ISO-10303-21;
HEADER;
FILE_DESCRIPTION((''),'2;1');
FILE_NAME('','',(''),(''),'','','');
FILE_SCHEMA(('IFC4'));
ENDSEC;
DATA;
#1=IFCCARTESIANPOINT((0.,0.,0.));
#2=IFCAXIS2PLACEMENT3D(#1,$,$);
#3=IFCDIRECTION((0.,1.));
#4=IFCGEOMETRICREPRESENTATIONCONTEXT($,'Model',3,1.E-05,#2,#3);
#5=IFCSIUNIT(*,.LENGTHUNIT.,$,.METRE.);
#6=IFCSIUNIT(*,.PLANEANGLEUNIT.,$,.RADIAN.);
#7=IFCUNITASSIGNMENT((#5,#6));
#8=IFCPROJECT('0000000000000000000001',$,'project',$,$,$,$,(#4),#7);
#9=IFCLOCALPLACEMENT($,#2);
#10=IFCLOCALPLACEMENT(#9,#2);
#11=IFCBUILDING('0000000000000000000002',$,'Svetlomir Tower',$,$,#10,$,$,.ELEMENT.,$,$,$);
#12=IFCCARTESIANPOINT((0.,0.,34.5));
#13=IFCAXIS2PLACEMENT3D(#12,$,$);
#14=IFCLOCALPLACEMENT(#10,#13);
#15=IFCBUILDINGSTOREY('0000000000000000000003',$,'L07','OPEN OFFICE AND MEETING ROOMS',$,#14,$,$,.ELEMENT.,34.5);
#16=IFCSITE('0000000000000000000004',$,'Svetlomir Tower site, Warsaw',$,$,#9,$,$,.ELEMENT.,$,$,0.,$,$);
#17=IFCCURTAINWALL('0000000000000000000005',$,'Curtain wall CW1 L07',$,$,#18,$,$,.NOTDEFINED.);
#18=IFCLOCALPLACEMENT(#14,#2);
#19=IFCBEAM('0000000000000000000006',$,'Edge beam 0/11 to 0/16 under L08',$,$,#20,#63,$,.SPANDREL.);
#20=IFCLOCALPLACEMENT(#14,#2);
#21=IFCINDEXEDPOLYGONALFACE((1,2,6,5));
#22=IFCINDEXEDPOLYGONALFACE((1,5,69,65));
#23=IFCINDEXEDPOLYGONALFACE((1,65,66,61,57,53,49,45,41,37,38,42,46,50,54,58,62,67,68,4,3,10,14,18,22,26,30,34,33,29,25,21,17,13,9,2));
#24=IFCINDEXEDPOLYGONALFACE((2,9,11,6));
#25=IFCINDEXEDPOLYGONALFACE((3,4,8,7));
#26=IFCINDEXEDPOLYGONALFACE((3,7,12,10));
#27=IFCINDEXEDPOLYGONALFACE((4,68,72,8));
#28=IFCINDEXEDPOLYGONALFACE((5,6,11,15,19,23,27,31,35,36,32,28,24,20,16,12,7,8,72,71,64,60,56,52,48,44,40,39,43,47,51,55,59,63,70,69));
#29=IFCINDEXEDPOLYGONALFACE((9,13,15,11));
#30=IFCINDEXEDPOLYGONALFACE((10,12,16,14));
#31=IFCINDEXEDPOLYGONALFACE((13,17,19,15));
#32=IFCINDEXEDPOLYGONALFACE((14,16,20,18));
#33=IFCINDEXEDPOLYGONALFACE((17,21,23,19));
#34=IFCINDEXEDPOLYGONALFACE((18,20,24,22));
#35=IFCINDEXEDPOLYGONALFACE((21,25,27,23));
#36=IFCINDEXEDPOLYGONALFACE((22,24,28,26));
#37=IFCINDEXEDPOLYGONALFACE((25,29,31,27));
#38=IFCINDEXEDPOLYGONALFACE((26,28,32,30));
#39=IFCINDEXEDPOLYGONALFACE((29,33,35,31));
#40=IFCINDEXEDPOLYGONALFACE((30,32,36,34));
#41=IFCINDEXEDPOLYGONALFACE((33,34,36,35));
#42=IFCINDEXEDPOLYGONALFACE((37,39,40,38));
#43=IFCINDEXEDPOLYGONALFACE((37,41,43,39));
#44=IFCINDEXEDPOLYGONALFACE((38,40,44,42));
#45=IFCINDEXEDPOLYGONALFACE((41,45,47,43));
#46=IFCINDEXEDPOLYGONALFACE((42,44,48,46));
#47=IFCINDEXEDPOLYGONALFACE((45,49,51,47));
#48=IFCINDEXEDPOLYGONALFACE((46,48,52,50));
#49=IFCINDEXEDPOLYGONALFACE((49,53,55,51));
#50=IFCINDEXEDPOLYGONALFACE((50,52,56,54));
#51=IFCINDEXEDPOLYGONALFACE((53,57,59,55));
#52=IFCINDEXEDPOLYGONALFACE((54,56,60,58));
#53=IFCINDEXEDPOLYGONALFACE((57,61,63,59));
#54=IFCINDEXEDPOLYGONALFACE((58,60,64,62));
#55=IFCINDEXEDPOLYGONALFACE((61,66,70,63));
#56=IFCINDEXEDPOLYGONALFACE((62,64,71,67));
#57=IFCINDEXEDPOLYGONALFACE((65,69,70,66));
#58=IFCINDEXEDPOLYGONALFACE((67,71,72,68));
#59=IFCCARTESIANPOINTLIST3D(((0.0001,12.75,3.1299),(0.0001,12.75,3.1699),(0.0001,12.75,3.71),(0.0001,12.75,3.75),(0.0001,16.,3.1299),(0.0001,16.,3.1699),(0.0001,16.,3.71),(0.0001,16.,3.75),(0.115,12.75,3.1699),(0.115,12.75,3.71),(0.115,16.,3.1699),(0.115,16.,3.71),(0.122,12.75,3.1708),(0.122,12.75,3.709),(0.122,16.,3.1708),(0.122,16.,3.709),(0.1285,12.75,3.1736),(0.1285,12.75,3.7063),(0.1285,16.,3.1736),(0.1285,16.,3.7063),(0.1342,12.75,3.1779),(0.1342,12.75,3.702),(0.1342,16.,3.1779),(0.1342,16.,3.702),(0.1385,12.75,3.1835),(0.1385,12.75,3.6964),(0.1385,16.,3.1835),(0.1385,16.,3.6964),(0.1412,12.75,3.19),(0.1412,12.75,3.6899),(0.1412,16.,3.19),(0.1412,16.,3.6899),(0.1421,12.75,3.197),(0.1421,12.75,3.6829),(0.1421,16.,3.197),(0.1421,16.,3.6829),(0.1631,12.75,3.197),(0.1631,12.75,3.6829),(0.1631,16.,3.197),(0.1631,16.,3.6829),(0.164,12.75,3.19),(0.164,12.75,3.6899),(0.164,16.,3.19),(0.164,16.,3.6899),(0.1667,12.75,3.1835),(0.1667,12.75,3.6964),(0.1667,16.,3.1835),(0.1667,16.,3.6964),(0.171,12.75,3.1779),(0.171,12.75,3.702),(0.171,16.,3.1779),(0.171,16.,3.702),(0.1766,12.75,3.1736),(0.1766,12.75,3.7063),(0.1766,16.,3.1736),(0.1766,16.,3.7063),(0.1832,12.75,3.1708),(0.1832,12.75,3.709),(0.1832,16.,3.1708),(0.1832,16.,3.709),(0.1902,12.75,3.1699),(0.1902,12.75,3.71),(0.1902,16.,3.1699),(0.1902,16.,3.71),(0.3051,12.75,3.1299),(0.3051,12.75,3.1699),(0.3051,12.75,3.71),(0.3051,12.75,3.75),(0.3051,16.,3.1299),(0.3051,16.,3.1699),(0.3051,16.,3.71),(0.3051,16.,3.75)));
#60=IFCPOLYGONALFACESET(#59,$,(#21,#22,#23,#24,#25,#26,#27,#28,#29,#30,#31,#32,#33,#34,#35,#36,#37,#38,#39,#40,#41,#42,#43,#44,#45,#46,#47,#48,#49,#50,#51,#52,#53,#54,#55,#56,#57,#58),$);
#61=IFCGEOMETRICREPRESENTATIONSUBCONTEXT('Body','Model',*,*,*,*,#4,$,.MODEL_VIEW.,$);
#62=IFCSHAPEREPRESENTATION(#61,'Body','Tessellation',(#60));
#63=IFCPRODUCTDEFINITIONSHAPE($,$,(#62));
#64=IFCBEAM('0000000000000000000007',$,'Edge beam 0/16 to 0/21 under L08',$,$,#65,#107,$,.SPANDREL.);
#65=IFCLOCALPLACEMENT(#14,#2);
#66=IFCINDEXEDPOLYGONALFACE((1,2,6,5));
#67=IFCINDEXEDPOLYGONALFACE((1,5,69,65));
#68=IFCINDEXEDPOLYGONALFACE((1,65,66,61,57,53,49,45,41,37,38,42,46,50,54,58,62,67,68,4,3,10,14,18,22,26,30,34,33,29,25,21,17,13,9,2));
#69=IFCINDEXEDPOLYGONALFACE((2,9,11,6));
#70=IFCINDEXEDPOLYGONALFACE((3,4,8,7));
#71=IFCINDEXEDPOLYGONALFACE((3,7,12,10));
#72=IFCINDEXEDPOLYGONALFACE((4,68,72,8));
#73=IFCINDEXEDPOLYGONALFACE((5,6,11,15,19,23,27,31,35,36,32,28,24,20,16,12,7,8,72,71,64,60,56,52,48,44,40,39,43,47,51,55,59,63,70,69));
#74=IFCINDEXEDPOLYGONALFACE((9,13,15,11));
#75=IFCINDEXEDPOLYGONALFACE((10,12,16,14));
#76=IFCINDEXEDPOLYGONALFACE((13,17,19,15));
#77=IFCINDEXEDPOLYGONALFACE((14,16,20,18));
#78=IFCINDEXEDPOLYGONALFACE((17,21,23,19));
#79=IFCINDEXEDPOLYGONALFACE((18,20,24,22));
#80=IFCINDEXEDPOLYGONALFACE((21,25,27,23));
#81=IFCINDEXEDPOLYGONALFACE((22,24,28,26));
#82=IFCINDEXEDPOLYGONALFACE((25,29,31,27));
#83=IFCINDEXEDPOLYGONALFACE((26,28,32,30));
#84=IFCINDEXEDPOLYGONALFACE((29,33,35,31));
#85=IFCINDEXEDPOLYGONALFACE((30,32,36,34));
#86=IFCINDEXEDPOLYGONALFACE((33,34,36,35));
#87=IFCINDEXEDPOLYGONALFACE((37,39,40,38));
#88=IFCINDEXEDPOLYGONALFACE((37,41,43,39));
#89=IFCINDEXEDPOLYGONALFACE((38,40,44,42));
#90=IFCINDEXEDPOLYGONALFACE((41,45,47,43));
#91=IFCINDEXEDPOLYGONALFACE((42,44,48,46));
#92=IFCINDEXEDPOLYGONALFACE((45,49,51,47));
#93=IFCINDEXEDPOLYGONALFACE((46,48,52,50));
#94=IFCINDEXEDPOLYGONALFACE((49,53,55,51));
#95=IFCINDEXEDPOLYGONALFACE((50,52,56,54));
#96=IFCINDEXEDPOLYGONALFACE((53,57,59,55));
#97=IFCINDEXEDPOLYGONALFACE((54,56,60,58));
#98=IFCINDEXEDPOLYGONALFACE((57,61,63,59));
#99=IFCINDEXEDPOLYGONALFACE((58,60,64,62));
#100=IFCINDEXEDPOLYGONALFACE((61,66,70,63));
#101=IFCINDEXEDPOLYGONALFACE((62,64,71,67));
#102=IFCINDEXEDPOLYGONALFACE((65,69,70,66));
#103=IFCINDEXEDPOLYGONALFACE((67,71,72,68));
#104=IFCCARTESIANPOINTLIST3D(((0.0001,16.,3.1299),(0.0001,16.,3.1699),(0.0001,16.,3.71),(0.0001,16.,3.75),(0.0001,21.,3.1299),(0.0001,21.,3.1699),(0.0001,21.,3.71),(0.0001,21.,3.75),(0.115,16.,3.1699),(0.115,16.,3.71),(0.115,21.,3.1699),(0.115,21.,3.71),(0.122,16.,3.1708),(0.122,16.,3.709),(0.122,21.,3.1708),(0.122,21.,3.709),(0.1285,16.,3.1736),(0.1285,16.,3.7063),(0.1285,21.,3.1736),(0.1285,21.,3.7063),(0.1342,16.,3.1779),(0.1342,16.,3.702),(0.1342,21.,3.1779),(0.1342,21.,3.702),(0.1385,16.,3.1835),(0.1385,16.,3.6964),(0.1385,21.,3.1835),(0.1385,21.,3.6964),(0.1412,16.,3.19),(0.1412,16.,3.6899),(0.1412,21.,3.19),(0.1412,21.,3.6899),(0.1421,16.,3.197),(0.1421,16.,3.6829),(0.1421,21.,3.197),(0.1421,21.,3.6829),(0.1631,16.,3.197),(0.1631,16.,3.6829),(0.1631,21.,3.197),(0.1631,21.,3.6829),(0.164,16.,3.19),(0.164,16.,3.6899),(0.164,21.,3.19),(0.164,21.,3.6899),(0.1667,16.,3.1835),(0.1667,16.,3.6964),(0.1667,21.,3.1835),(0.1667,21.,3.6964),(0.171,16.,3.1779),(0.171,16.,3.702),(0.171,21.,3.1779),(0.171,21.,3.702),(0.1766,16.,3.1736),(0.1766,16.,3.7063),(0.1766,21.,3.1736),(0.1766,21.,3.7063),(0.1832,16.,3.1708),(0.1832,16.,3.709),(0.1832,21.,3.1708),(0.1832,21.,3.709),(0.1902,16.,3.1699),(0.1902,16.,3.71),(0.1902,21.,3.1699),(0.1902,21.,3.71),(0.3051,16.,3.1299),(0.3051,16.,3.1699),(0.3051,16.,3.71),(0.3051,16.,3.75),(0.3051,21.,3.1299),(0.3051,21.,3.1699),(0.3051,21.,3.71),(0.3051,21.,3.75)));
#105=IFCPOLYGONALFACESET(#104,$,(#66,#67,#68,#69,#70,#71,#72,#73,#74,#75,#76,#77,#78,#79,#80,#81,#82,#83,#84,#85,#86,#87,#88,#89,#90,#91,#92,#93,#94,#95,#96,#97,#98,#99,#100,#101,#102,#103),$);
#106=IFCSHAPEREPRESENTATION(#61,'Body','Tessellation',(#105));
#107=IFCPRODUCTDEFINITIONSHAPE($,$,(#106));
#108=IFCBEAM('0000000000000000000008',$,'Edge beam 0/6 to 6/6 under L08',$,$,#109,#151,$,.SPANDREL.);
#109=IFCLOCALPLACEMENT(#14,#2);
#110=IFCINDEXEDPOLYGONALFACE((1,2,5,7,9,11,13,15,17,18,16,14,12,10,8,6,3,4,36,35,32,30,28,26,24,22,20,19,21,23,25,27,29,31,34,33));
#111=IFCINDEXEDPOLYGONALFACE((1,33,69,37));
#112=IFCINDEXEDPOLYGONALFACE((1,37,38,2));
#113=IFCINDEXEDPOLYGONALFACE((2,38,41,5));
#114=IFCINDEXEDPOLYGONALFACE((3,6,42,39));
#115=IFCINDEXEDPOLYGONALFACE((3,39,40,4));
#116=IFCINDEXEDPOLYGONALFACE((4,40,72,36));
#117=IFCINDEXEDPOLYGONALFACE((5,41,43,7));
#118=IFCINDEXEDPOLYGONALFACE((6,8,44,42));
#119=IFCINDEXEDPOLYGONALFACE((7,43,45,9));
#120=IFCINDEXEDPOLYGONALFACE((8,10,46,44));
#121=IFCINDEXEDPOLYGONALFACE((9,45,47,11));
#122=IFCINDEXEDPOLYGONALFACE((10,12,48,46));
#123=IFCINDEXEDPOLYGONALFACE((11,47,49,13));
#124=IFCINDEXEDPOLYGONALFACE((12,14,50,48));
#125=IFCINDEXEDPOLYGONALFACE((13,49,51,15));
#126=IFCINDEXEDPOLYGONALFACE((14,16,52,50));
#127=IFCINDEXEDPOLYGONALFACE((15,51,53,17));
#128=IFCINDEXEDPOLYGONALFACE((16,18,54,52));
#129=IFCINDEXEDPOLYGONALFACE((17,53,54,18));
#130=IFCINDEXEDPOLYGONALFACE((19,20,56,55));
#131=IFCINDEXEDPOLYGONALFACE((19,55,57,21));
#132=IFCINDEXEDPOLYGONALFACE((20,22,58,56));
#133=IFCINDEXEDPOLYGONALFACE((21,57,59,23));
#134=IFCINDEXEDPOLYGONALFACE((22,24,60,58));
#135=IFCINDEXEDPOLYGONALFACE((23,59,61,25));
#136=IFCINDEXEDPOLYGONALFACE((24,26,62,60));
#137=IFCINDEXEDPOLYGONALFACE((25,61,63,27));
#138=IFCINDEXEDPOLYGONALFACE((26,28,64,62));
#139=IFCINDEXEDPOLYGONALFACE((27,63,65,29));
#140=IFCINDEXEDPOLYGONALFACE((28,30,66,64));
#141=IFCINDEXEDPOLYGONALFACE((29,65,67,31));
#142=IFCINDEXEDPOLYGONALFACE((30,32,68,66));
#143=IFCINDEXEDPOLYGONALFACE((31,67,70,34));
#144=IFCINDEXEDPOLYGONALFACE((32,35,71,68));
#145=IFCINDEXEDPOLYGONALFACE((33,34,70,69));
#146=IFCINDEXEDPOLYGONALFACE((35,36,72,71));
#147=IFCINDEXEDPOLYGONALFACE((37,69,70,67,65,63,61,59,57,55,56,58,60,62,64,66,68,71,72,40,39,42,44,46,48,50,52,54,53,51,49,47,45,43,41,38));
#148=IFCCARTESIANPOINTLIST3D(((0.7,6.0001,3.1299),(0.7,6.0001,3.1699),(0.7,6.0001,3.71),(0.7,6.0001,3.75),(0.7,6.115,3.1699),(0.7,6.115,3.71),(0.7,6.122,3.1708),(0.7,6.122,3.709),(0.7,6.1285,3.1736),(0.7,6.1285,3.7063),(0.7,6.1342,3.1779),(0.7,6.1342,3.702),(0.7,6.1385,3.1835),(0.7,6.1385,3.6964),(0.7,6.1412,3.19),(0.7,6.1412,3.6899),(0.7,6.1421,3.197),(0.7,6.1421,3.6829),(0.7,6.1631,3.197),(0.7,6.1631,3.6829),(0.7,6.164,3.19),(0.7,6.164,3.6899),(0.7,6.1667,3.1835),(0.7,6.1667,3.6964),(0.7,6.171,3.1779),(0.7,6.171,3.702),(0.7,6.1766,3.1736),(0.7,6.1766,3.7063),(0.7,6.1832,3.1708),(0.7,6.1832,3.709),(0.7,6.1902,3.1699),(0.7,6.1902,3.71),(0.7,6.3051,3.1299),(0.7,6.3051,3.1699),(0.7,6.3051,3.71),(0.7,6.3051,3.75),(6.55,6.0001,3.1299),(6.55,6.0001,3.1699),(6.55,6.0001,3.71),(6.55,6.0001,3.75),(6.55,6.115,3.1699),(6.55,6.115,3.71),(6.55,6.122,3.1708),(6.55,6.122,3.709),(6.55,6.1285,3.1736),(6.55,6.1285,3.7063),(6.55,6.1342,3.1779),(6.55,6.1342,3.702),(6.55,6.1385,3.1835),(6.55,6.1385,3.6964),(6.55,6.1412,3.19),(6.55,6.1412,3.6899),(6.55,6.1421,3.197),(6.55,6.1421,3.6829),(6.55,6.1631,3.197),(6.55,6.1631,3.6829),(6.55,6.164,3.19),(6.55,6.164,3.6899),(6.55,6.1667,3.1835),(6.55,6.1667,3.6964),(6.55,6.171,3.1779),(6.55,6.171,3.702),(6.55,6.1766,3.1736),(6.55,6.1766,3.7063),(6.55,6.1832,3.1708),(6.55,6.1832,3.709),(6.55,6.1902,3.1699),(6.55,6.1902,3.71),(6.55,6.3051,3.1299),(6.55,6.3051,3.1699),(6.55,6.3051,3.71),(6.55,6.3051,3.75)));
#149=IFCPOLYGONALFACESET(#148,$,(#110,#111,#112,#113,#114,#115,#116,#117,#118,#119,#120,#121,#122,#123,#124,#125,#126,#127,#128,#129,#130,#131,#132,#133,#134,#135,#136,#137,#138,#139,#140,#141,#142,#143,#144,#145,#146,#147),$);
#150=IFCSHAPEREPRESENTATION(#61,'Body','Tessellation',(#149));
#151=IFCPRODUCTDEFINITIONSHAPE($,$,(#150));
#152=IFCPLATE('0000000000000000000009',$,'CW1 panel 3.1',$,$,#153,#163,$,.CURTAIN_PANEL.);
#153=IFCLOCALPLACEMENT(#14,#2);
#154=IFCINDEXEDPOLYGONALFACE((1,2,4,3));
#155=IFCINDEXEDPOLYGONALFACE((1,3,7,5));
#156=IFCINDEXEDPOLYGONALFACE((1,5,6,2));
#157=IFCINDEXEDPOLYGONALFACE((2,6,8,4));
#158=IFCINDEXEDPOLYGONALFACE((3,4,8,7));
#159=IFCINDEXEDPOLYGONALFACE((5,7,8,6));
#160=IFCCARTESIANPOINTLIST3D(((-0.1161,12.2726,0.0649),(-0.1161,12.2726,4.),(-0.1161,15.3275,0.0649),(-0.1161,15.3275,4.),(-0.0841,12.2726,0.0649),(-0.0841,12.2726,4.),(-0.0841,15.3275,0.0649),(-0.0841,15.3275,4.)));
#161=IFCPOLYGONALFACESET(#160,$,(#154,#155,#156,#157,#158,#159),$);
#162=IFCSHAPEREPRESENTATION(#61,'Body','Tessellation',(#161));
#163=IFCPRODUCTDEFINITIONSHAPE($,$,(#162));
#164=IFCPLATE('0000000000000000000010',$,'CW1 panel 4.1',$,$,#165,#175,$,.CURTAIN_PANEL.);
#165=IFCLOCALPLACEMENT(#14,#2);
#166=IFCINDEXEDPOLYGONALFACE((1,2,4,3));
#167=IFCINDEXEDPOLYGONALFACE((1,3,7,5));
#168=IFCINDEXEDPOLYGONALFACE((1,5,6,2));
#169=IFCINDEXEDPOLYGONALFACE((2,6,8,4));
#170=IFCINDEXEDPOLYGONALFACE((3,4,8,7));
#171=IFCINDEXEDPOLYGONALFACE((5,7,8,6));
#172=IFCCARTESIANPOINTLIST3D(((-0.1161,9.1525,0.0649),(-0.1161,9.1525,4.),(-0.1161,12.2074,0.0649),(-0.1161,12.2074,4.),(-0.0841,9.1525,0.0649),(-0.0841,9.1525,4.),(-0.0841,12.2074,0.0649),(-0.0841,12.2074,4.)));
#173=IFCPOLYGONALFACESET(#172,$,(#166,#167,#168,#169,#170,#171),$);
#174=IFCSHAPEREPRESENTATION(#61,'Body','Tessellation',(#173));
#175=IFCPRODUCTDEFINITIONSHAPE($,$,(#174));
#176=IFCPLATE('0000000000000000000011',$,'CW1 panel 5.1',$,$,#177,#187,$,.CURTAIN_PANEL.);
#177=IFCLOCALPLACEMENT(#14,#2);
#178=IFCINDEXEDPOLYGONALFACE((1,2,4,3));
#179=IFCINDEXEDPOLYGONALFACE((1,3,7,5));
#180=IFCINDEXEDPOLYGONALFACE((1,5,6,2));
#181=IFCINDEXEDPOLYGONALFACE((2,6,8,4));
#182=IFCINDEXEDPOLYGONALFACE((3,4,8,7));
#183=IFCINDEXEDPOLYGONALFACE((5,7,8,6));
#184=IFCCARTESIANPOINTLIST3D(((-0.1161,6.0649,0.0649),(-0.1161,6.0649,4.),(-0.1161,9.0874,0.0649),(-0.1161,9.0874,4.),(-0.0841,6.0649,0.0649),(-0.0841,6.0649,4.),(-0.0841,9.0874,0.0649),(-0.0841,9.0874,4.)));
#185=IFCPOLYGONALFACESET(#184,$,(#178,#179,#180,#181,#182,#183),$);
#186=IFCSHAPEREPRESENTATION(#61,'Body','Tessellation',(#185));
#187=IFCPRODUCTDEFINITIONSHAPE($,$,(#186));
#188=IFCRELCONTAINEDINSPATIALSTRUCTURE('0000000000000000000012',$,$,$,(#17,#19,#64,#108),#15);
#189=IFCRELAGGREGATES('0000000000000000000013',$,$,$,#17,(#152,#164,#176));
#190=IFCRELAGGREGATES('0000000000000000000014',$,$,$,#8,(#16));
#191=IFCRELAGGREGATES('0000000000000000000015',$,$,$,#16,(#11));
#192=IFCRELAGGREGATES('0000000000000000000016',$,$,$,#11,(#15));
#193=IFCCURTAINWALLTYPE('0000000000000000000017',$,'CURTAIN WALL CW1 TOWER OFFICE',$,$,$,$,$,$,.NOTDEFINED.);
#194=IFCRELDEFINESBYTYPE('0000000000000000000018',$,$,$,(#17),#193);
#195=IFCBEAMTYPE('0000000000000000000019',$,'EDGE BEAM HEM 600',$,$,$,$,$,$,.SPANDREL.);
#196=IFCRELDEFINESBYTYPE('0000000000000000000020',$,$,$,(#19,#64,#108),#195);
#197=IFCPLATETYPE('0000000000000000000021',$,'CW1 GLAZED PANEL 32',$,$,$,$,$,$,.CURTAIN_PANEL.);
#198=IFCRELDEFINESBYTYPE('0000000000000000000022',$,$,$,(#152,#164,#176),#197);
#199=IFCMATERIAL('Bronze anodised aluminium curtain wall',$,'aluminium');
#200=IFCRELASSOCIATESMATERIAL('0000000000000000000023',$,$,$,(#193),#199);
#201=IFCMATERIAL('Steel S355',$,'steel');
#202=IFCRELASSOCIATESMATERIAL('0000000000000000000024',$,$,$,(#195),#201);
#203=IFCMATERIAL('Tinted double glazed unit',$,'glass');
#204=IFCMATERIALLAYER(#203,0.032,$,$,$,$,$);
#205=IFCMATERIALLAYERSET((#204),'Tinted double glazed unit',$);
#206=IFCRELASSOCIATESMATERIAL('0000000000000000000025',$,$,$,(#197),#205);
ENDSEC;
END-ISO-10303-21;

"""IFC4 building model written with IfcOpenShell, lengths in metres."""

from ifc_helpers import new_model, si_unit, direction, frame, origin, origin_2d, place, context, subcontext, project, spatial, rectangle, i_section, extrude, material, layer, layer_set, material_profile, profile_set, type_object, element, aggregate, save


model = new_model("IFC4")

# Units and contexts
model_context = context("Model", 3, precision=1e-05, world=origin(), true_north=direction((0.0, 1.0)))
body_context = subcontext(model_context, "Body", "Model", "MODEL_VIEW")
ifc_project = project(units=[si_unit("LENGTHUNIT", "METRE"), si_unit("PLANEANGLEUNIT", "RADIAN")], contexts=[model_context])

# Site, building, storey
site_placement = place(None, origin())
site = spatial("IfcSite", under=ifc_project, at=site_placement, Name="Svetlomir Tower site, Warsaw", CompositionType="ELEMENT", RefElevation=0.0)
building_placement = place(site_placement, origin())
building = spatial("IfcBuilding", under=site, at=building_placement, Name="Svetlomir Tower", CompositionType="ELEMENT")
storey_placement = place(building_placement, frame((0.0, 0.0, 34.5)))
storey = spatial("IfcBuildingStorey", under=building, at=storey_placement, Name="L07", Description="OPEN OFFICE AND MEETING ROOMS", CompositionType="ELEMENT", Elevation=34.5)

# Curtain wall
ifc_material_1 = material(Name="Bronze anodised aluminium curtain wall", Category="aluminium")
curtain_wall_type = type_object("IfcCurtainWallType", Name="CURTAIN WALL CW1 TOWER OFFICE", PredefinedType="NOTDEFINED", material=ifc_material_1)
curtain_wall_placement = place(storey_placement, origin())
curtain_wall = element("IfcCurtainWall", 1, at=curtain_wall_placement, inside=storey, type_object=curtain_wall_type, Name="Curtain wall CW1 L07", PredefinedType="NOTDEFINED")

# Beams
ifc_material_2 = material(Name="Steel S355", Category="steel")
ifc_material_profile_1 = material_profile(ifc_material_2, i_section(OverallWidth=0.3049, OverallDepth=0.6201, WebThickness=0.021, FlangeThickness=0.04, FilletRadius=0.0271, at=origin_2d()), Name="HEM 600")
ifc_profile_set_1 = profile_set([ifc_material_profile_1], Name="Steel S355")
beam_type = type_object("IfcBeamType", Name="EDGE BEAM HEM 600", PredefinedType="SPANDREL", material=ifc_profile_set_1)
beam_1_placement = place(storey_placement, frame((0.1526, 12.75, 3.4399), z_axis=(0.0, 1.0, 0.0), x_axis=(-1.0, 0.0, 0.0)))
element("IfcBeam", 2, at=beam_1_placement, inside=storey, type_object=beam_type, Name="Edge beam 0/11 to 0/16 under L08", PredefinedType="SPANDREL", context=body_context, shape_type="SweptSolid", body=[
    extrude(i_section(OverallWidth=0.3049, OverallDepth=0.6201, WebThickness=0.021, FlangeThickness=0.04, FilletRadius=0.0271, at=origin_2d()), origin(), (0.0, 0.0, 1.0), 3.25),
])
beam_2_placement = place(storey_placement, frame((0.1526, 16.0, 3.4399), z_axis=(0.0, 1.0, 0.0), x_axis=(-1.0, 0.0, 0.0)))
element("IfcBeam", 3, at=beam_2_placement, inside=storey, type_object=beam_type, Name="Edge beam 0/16 to 0/21 under L08", PredefinedType="SPANDREL", context=body_context, shape_type="SweptSolid", body=[
    extrude(i_section(OverallWidth=0.3049, OverallDepth=0.6201, WebThickness=0.021, FlangeThickness=0.04, FilletRadius=0.0271, at=origin_2d()), origin(), (0.0, 0.0, 1.0), 5.0),
])
beam_3_placement = place(storey_placement, frame((0.7, 6.1526, 3.4399), z_axis=(1.0, 0.0, 0.0), x_axis=(0.0, 1.0, 0.0)))
element("IfcBeam", 4, at=beam_3_placement, inside=storey, type_object=beam_type, Name="Edge beam 0/6 to 6/6 under L08", PredefinedType="SPANDREL", context=body_context, shape_type="SweptSolid", body=[
    extrude(i_section(OverallWidth=0.3049, OverallDepth=0.6201, WebThickness=0.021, FlangeThickness=0.04, FilletRadius=0.0271, at=origin_2d()), origin(), (0.0, 0.0, 1.0), 5.8501),
])

# Plates
ifc_material_3 = material(Name="Tinted double glazed unit", Category="glass")
ifc_layer_1 = layer(ifc_material_3, 0.032)
ifc_layer_set_1 = layer_set([ifc_layer_1], Name="Tinted double glazed unit")
plate_type = type_object("IfcPlateType", Name="CW1 GLAZED PANEL 32", PredefinedType="CURTAIN_PANEL", material=ifc_layer_set_1)
plate_1_placement = place(storey_placement, frame((-0.1001, 13.8, 0.0649), z_axis=(0.0, 0.0, 1.0), x_axis=(0.0, -1.0, 0.0)))
plate_1 = element("IfcPlate", 5, at=plate_1_placement, type_object=plate_type, Name="CW1 panel 3.1", PredefinedType="CURTAIN_PANEL", context=body_context, shape_type="SweptSolid", body=[
    extrude(rectangle(XDim=3.0549, YDim=0.032, at=origin_2d()), origin(), (0.0, 0.0, 1.0), 3.9351),
])
plate_2_placement = place(storey_placement, frame((-0.1001, 10.6799, 0.0649), z_axis=(0.0, 0.0, 1.0), x_axis=(0.0, -1.0, 0.0)))
plate_2 = element("IfcPlate", 6, at=plate_2_placement, type_object=plate_type, Name="CW1 panel 4.1", PredefinedType="CURTAIN_PANEL", context=body_context, shape_type="SweptSolid", body=[
    extrude(rectangle(XDim=3.0549, YDim=0.032, at=origin_2d()), origin(), (0.0, 0.0, 1.0), 3.9351),
])
plate_3_placement = place(storey_placement, frame((-0.1001, 7.5762, 0.0649), z_axis=(0.0, 0.0, 1.0), x_axis=(0.0, -1.0, 0.0)))
plate_3 = element("IfcPlate", 7, at=plate_3_placement, type_object=plate_type, Name="CW1 panel 5.1", PredefinedType="CURTAIN_PANEL", context=body_context, shape_type="SweptSolid", body=[
    extrude(rectangle(XDim=3.0225, YDim=0.032, at=origin_2d()), origin(), (0.0, 0.0, 1.0), 3.9351),
])
aggregate(curtain_wall, [plate_1, plate_2, plate_3])

save(model, "model.ifc")
